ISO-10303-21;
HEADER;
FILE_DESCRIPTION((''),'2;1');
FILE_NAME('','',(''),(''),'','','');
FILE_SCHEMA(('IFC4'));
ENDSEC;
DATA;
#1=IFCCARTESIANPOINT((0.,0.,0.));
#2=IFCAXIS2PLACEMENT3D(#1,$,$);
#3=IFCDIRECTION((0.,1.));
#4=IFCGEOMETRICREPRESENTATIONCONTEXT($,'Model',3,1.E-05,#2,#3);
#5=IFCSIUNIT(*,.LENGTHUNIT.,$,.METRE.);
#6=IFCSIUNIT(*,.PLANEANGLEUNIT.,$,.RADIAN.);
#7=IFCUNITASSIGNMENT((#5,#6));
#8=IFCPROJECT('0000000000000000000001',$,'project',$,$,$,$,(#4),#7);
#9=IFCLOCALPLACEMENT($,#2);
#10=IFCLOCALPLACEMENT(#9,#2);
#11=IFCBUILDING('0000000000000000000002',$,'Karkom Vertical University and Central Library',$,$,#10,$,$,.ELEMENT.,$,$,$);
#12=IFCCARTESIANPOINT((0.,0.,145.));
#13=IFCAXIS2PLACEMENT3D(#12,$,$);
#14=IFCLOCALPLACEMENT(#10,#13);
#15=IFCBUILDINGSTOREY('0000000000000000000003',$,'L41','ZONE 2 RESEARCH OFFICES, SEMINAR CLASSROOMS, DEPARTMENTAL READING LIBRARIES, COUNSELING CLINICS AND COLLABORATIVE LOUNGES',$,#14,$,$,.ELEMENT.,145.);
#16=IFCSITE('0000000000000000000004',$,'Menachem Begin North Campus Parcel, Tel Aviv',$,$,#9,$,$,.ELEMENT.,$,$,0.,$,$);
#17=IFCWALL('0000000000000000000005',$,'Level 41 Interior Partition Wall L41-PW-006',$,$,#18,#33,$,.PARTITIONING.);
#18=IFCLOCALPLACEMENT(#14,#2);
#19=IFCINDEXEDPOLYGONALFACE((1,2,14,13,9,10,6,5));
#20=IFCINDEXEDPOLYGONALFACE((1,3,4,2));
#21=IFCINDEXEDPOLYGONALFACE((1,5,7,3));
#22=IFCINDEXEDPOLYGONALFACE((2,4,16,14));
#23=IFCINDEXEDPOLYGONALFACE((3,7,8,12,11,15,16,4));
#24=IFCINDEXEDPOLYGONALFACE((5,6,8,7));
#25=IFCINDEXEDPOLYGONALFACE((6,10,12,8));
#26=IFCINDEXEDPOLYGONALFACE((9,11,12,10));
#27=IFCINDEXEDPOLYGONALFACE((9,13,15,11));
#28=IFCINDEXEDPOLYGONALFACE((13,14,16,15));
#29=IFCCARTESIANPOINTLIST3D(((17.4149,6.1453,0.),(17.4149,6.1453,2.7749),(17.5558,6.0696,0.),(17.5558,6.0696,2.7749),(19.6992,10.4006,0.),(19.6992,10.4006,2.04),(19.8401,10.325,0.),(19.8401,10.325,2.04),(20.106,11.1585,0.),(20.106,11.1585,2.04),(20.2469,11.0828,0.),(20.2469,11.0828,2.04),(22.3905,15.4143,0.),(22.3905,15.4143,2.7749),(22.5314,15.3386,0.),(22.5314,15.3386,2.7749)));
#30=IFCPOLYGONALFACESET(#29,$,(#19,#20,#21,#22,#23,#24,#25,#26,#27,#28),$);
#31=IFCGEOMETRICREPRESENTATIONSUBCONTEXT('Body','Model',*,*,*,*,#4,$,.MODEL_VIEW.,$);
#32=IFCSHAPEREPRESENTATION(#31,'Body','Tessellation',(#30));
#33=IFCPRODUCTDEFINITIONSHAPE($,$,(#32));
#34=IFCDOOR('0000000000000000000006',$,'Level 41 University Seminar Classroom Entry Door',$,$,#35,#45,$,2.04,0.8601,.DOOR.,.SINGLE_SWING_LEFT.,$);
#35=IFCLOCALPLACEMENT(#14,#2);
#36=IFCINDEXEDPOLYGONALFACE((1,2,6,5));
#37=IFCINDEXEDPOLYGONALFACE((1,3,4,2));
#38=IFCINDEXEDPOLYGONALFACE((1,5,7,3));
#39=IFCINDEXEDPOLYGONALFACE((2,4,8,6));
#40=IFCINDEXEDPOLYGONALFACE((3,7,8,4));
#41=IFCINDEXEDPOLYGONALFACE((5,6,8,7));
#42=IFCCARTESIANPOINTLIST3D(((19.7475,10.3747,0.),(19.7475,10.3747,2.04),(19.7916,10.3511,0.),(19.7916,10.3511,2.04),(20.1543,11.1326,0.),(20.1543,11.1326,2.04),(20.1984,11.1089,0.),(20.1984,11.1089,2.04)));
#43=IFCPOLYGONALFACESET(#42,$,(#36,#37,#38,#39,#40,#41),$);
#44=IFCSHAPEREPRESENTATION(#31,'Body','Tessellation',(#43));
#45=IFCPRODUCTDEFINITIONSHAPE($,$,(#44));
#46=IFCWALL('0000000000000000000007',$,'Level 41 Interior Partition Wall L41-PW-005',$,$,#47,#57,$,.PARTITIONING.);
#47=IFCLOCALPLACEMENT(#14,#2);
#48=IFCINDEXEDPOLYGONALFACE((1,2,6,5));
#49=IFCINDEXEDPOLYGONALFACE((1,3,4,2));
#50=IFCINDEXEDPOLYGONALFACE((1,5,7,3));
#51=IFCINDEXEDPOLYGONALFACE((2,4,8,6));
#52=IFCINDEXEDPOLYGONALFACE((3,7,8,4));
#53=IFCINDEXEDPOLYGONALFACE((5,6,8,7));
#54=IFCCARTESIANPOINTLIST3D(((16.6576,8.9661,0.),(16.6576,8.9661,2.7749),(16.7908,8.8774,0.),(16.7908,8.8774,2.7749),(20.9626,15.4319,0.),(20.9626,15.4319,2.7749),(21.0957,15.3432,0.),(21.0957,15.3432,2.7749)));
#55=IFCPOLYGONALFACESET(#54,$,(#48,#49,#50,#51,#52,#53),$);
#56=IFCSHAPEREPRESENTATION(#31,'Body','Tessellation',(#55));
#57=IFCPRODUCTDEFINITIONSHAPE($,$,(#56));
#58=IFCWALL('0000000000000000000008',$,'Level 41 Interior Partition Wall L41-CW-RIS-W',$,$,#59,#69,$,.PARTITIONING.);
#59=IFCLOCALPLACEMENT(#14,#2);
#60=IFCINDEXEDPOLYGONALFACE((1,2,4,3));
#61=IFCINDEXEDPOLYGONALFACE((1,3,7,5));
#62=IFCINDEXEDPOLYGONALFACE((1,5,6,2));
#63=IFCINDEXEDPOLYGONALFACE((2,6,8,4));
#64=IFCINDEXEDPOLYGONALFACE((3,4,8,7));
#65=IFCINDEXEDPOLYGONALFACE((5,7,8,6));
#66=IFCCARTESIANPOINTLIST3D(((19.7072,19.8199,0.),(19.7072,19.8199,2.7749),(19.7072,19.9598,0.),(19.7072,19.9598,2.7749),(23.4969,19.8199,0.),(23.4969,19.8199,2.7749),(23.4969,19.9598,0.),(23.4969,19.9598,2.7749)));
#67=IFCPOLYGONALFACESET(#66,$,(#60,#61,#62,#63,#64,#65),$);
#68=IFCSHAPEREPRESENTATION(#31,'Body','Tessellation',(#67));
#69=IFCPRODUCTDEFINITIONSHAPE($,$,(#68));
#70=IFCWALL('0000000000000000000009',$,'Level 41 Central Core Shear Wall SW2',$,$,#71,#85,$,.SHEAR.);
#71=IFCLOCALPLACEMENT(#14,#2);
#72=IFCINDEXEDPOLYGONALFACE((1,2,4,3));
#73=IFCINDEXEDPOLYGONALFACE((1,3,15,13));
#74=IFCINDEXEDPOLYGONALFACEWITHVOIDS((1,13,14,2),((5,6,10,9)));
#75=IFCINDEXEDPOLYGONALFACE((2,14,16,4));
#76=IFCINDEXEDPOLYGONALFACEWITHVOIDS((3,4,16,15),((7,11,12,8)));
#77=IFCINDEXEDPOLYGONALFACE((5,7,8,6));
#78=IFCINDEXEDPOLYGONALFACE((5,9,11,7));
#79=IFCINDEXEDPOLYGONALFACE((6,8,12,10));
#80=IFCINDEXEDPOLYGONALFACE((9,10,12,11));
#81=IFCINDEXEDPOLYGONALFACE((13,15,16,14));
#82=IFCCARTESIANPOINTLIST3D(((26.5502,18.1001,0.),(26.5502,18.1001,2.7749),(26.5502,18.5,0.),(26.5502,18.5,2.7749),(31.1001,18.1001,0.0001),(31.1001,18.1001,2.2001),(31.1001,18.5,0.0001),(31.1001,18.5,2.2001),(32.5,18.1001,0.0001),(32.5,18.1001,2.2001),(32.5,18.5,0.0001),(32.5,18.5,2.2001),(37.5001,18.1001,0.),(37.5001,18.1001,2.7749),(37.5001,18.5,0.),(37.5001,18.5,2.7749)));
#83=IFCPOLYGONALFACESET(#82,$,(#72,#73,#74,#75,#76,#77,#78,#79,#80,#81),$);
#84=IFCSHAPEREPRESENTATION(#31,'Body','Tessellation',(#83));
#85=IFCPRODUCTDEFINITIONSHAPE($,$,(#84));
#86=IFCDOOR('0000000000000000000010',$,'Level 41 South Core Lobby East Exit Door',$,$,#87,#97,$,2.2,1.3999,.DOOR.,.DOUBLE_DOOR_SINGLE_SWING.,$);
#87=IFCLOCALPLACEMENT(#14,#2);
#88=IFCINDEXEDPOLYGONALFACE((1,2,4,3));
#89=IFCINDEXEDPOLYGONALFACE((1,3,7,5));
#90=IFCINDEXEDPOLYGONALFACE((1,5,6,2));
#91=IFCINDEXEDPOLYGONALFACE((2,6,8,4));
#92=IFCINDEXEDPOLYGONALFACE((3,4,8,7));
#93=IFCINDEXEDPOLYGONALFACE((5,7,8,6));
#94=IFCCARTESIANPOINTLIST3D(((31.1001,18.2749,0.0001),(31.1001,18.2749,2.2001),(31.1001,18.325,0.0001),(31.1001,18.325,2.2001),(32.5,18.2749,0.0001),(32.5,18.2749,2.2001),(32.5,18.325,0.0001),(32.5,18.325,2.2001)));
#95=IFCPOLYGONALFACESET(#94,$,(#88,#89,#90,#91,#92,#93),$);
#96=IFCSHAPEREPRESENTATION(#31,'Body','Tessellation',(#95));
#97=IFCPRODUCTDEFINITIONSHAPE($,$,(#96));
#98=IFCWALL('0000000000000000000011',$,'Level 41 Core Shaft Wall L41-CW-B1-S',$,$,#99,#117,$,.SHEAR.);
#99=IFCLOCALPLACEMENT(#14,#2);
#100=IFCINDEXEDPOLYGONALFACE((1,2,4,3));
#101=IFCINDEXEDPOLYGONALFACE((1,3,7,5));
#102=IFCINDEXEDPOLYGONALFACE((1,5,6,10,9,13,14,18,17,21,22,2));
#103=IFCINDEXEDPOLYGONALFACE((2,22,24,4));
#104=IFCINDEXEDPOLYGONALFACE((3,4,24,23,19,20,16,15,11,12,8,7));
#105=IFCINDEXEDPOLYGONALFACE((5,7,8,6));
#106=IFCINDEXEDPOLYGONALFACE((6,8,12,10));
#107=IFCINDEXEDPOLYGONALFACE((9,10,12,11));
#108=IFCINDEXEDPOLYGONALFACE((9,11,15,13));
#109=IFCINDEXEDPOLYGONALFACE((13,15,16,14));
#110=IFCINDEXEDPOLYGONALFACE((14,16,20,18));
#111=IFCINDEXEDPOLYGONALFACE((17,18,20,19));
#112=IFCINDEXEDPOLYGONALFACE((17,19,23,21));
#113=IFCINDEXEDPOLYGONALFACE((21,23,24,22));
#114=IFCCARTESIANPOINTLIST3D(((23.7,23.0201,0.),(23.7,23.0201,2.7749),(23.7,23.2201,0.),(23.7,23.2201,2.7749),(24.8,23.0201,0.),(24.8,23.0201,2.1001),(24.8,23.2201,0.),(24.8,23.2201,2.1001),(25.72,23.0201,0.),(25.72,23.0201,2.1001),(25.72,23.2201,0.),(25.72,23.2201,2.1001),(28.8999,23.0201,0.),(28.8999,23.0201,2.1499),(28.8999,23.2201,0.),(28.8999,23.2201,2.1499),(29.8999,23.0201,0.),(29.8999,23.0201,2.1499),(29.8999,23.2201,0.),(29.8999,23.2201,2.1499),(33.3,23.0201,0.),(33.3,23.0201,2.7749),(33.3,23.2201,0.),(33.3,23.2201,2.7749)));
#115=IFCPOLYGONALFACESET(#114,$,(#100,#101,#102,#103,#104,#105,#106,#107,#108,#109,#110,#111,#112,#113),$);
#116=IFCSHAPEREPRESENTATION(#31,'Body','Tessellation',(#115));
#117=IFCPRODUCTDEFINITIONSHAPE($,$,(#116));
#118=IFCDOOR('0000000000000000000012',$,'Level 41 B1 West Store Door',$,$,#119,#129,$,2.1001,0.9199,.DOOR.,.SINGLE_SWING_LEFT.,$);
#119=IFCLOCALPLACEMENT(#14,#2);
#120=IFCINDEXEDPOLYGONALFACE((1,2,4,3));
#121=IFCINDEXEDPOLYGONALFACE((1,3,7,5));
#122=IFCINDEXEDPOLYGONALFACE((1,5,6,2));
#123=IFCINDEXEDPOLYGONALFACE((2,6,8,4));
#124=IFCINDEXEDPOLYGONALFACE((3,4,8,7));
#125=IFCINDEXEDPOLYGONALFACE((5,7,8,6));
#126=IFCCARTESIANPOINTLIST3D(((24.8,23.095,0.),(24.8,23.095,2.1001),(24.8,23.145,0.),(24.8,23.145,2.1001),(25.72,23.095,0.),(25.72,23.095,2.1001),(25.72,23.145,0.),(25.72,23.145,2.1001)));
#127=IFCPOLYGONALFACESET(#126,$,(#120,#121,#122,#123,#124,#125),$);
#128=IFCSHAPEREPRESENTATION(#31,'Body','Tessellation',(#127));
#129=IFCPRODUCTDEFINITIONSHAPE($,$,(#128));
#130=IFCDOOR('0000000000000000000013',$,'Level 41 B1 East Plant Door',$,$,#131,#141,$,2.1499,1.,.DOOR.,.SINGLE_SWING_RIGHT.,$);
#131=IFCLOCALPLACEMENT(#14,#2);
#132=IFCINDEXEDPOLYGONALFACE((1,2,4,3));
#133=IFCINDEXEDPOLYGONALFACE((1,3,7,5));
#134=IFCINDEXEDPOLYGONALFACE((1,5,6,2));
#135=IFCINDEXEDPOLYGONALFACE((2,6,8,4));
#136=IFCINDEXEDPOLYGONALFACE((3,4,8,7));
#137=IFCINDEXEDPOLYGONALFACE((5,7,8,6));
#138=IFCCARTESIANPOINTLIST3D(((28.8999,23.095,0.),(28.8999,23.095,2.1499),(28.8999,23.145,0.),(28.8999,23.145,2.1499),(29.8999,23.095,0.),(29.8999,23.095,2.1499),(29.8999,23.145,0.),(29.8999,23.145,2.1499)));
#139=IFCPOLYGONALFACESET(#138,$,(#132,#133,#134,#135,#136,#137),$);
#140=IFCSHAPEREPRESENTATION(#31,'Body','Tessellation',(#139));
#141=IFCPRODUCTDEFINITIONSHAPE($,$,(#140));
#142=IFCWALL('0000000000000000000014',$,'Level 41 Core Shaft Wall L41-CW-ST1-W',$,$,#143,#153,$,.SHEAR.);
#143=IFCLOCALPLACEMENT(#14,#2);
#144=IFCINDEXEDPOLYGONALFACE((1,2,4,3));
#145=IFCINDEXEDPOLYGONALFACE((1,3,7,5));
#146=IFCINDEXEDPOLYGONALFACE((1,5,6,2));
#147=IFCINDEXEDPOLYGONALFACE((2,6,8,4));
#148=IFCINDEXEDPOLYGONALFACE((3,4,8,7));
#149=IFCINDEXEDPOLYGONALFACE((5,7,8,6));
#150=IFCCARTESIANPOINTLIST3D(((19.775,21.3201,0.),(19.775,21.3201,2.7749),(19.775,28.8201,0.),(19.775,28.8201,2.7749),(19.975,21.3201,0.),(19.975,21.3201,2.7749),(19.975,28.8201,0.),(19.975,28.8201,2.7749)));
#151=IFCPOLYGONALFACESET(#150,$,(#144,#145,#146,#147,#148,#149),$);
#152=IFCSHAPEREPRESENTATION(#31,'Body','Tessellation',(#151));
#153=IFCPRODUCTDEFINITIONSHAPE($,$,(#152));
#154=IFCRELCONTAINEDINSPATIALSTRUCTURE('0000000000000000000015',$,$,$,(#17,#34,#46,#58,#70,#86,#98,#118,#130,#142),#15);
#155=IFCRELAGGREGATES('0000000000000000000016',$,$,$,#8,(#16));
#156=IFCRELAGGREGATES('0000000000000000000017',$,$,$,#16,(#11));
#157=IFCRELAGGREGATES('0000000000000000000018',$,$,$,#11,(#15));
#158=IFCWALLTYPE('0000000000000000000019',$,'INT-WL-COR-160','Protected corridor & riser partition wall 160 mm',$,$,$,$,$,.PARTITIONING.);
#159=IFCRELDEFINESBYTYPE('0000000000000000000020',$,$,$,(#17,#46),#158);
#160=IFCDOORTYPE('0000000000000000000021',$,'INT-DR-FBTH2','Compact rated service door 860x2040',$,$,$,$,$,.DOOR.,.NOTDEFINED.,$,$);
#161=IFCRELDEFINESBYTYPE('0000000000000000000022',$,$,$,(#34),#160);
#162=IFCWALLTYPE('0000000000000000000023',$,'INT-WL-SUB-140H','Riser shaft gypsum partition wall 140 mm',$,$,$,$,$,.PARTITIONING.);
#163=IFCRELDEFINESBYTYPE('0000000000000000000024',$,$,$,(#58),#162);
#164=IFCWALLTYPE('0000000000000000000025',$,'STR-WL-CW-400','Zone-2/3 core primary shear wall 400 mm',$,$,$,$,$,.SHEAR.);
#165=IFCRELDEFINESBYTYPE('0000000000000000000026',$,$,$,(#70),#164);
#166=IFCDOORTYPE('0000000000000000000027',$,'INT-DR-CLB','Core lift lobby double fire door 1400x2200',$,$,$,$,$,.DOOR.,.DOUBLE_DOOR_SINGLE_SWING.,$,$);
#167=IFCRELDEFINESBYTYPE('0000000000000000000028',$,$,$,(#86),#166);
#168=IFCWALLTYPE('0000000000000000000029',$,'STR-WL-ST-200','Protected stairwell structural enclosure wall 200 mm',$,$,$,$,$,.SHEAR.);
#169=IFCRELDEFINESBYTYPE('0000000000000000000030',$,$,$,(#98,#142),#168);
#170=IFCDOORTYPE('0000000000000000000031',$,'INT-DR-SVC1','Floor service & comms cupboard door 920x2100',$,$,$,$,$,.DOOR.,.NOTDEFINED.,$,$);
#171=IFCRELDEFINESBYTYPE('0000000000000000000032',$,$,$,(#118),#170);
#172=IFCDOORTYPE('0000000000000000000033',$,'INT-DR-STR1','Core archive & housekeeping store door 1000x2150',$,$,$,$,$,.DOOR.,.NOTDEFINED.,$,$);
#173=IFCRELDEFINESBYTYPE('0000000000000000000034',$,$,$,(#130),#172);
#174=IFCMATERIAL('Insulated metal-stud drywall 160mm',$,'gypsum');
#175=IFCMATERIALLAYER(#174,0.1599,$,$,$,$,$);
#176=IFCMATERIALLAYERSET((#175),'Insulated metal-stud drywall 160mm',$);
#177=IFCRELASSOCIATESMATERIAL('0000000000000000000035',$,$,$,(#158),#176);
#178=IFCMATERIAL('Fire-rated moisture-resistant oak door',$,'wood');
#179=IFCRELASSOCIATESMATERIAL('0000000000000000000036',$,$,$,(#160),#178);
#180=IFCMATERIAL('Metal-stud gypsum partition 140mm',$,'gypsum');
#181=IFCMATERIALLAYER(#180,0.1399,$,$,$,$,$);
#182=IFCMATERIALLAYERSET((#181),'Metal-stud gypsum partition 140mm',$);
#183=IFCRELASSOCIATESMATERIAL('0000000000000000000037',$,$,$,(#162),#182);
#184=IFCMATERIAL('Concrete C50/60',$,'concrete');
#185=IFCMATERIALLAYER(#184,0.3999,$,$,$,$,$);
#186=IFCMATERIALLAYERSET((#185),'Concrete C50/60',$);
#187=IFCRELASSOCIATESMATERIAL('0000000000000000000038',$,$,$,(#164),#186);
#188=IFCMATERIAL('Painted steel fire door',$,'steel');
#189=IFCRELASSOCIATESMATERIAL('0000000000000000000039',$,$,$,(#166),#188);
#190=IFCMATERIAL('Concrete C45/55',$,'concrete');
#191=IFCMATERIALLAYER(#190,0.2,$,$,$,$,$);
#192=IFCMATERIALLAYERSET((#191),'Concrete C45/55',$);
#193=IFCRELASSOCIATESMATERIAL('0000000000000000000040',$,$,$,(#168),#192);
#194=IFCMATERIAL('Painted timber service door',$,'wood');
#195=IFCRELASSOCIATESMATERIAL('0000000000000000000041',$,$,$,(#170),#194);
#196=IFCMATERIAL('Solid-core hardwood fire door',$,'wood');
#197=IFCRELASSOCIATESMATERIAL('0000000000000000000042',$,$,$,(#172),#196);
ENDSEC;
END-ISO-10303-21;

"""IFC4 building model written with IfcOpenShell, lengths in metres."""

from ifc_helpers import new_model, si_unit, direction, frame, frame_2d, origin, origin_with_axes, place, context, subcontext, project, spatial, rectangle, extrude, source, transform, mapped, material, layer, layer_set, type_object, element, fill, save


model = new_model("IFC4")

# Units and contexts
model_context = context("Model", 3, precision=1e-05, world=origin(), true_north=direction((0.0, 1.0)))
body_context = subcontext(model_context, "Body", "Model", "MODEL_VIEW")
ifc_project = project(units=[si_unit("LENGTHUNIT", "METRE"), si_unit("PLANEANGLEUNIT", "RADIAN")], contexts=[model_context])

# Site, building, storey
site_placement = place(None, origin())
site = spatial("IfcSite", under=ifc_project, at=site_placement, Name="Menachem Begin North Campus Parcel, Tel Aviv", CompositionType="ELEMENT", RefElevation=0.0)
building_placement = place(site_placement, origin())
building = spatial("IfcBuilding", under=site, at=building_placement, Name="Karkom Vertical University and Central Library", CompositionType="ELEMENT")
storey_placement = place(building_placement, frame((0.0, 0.0, 145.0)))
storey = spatial("IfcBuildingStorey", under=building, at=storey_placement, Name="L41", Description="ZONE 2 RESEARCH OFFICES, SEMINAR CLASSROOMS, DEPARTMENTAL READING LIBRARIES, COUNSELING CLINICS AND COLLABORATIVE LOUNGES", CompositionType="ELEMENT", Elevation=145.0)

# Shared definitions
ifc_material_1 = material(Name="Concrete C50/60", Category="concrete")

# Shared definitions
ifc_material_2 = material(Name="Insulated metal-stud drywall 160mm", Category="gypsum")
ifc_layer_1 = layer(ifc_material_2, 0.1599)
ifc_layer_set_1 = layer_set([ifc_layer_1], Name="Insulated metal-stud drywall 160mm")
wall_type_1 = type_object("IfcWallType", Name="INT-WL-COR-160", Description="Protected corridor & riser partition wall 160 mm", PredefinedType="PARTITIONING", material=ifc_layer_set_1)

# Wall, opening, door
wall_1_placement = place(storey_placement, frame((22.4609, 15.3765, 0.0), z_axis=(0.0, 0.0, 1.0), x_axis=(-0.472962, -0.881083, 0.0)))
wall_1 = element("IfcWall", 1, at=wall_1_placement, inside=storey, type_object=wall_type_1, Name="Level 41 Interior Partition Wall L41-PW-006", PredefinedType="PARTITIONING", context=body_context, shape_type="SweptSolid", body=[
    extrude(rectangle(XDim=10.52, YDim=0.1599, at=frame_2d((5.26, 0.0))), origin(), (0.0, 0.0, 1.0), 2.7749),
])
opening_1_placement = place(wall_1_placement, frame((4.8301, 0.0, 0.0)))
opening_1 = element("IfcOpeningElement", 2, at=opening_1_placement, cuts=wall_1, PredefinedType="OPENING", context=body_context, shape_type="SweptSolid", body=[
    extrude(rectangle(XDim=0.8601, YDim=2.04, at=frame_2d((0.4302, 1.02))), frame((0.0, 0.0898, 0.0), z_axis=(0.0, -1.0, 0.0), x_axis=(1.0, 0.0, 0.0)), (0.0, 0.0, 1.0), 0.1799),
])
ifc_material_3 = material(Name="Fire-rated moisture-resistant oak door", Category="wood")
door_type_1 = type_object("IfcDoorType", Name="INT-DR-FBTH2", Description="Compact rated service door 860x2040", OperationType="NOTDEFINED", PredefinedType="DOOR", material=ifc_material_3)
shared_shape_1 = source(origin_with_axes(), body_context, "Body", "SweptSolid", [
    extrude(rectangle(XDim=0.8601, YDim=2.04, at=frame_2d((0.4302, 1.02))), frame((0.0, 0.0249, 0.0), z_axis=(0.0, -1.0, 0.0), x_axis=(1.0, 0.0, 0.0)), (0.0, 0.0, 1.0), 0.05),
])
door_1_placement = place(opening_1_placement, origin())
door_1 = element("IfcDoor", 3, at=door_1_placement, inside=storey, type_object=door_type_1, Name="Level 41 University Seminar Classroom Entry Door", OperationType="SINGLE_SWING_LEFT", OverallHeight=2.04, OverallWidth=0.8601, PredefinedType="DOOR", context=body_context, shape_type="MappedRepresentation", body=[
    mapped(shared_shape_1, transform((0.0, 0.0, 0.0), scale=1.0)),
])
fill(opening_1, door_1)

# Walls
wall_2_placement = place(storey_placement, frame((21.0291, 15.3875, 0.0), z_axis=(0.0, 0.0, 1.0), x_axis=(-0.5542, -0.832384, 0.0)))
element("IfcWall", 4, at=wall_2_placement, inside=storey, type_object=wall_type_1, Name="Level 41 Interior Partition Wall L41-PW-005", PredefinedType="PARTITIONING", context=body_context, shape_type="SweptSolid", body=[
    extrude(rectangle(XDim=7.7678, YDim=0.1599, at=frame_2d((3.8838, 0.0))), origin(), (0.0, 0.0, 1.0), 2.7749),
])
ifc_material_4 = material(Name="Metal-stud gypsum partition 140mm", Category="gypsum")
ifc_layer_2 = layer(ifc_material_4, 0.1399)
ifc_layer_set_2 = layer_set([ifc_layer_2], Name="Metal-stud gypsum partition 140mm")
wall_type_2 = type_object("IfcWallType", Name="INT-WL-SUB-140H", Description="Riser shaft gypsum partition wall 140 mm", PredefinedType="PARTITIONING", material=ifc_layer_set_2)
wall_3_placement = place(storey_placement, frame((19.707, 19.8899, 0.0), z_axis=(0.0, 0.0, 1.0), x_axis=(1.0, 0.0, 0.0)))
element("IfcWall", 5, at=wall_3_placement, inside=storey, type_object=wall_type_2, Name="Level 41 Interior Partition Wall L41-CW-RIS-W", PredefinedType="PARTITIONING", context=body_context, shape_type="SweptSolid", body=[
    extrude(rectangle(XDim=3.7898, YDim=0.1399, at=frame_2d((1.895, 0.0))), origin(), (0.0, 0.0, 1.0), 2.7749),
])

# Wall, opening, door
ifc_layer_3 = layer(ifc_material_1, 0.3999)
ifc_layer_set_3 = layer_set([ifc_layer_3], Name="Concrete C50/60")
wall_type_3 = type_object("IfcWallType", Name="STR-WL-CW-400", Description="Zone-2/3 core primary shear wall 400 mm", PredefinedType="SHEAR", material=ifc_layer_set_3)
wall_4_placement = place(storey_placement, frame((26.55, 18.3, 0.0), z_axis=(0.0, 0.0, 1.0), x_axis=(1.0, 0.0, 0.0)))
wall_4 = element("IfcWall", 6, at=wall_4_placement, inside=storey, type_object=wall_type_3, Name="Level 41 Central Core Shear Wall SW2", PredefinedType="SHEAR", context=body_context, shape_type="SweptSolid", body=[
    extrude(rectangle(XDim=10.95, YDim=0.3999, at=frame_2d((5.4751, 0.0))), origin(), (0.0, 0.0, 1.0), 2.7749),
])
opening_2_placement = place(wall_4_placement, frame((4.55, 0.0, 0.0)))
opening_2 = element("IfcOpeningElement", 7, at=opening_2_placement, cuts=wall_4, PredefinedType="OPENING", context=body_context, shape_type="SweptSolid", body=[
    extrude(rectangle(XDim=1.3999, YDim=2.2, at=frame_2d((0.7, 1.1001))), frame((0.0, 0.21, 0.0), z_axis=(0.0, -1.0, 0.0), x_axis=(1.0, 0.0, 0.0)), (0.0, 0.0, 1.0), 0.4199),
])
ifc_material_5 = material(Name="Painted steel fire door", Category="steel")
door_type_2 = type_object("IfcDoorType", Name="INT-DR-CLB", Description="Core lift lobby double fire door 1400x2200", OperationType="DOUBLE_DOOR_SINGLE_SWING", PredefinedType="DOOR", material=ifc_material_5)
shared_shape_2 = source(origin_with_axes(), body_context, "Body", "SweptSolid", [
    extrude(rectangle(XDim=1.3999, YDim=2.2, at=frame_2d((0.7, 1.1001))), frame((0.0, 0.0249, 0.0), z_axis=(0.0, -1.0, 0.0), x_axis=(1.0, 0.0, 0.0)), (0.0, 0.0, 1.0), 0.05),
])
door_2_placement = place(opening_2_placement, origin())
door_2 = element("IfcDoor", 8, at=door_2_placement, inside=storey, type_object=door_type_2, Name="Level 41 South Core Lobby East Exit Door", OperationType="DOUBLE_DOOR_SINGLE_SWING", OverallHeight=2.2, OverallWidth=1.3999, PredefinedType="DOOR", context=body_context, shape_type="MappedRepresentation", body=[
    mapped(shared_shape_2, transform((0.0, 0.0, 0.0), scale=1.0)),
])
fill(opening_2, door_2)

# Wall, openings, doors
ifc_material_6 = material(Name="Concrete C45/55", Category="concrete")
ifc_layer_4 = layer(ifc_material_6, 0.2)
ifc_layer_set_4 = layer_set([ifc_layer_4], Name="Concrete C45/55")
wall_type_4 = type_object("IfcWallType", Name="STR-WL-ST-200", Description="Protected stairwell structural enclosure wall 200 mm", PredefinedType="SHEAR", material=ifc_layer_set_4)
wall_5_placement = place(storey_placement, frame((23.7, 23.1201, 0.0), z_axis=(0.0, 0.0, 1.0), x_axis=(1.0, 0.0, 0.0)))
wall_5 = element("IfcWall", 9, at=wall_5_placement, inside=storey, type_object=wall_type_4, Name="Level 41 Core Shaft Wall L41-CW-B1-S", PredefinedType="SHEAR", context=body_context, shape_type="SweptSolid", body=[
    extrude(rectangle(XDim=9.6001, YDim=0.2, at=frame_2d((4.8, 0.0))), origin(), (0.0, 0.0, 1.0), 2.7749),
])
opening_3_placement = place(wall_5_placement, frame((1.1001, 0.0, 0.0)))
opening_3 = element("IfcOpeningElement", 10, at=opening_3_placement, cuts=wall_5, PredefinedType="OPENING", context=body_context, shape_type="SweptSolid", body=[
    extrude(rectangle(XDim=0.9199, YDim=2.1001, at=frame_2d((0.46, 1.05))), frame((0.0, 0.1099, 0.0), z_axis=(0.0, -1.0, 0.0), x_axis=(1.0, 0.0, 0.0)), (0.0, 0.0, 1.0), 0.22),
])
opening_4_placement = place(wall_5_placement, frame((5.2, 0.0, 0.0)))
opening_4 = element("IfcOpeningElement", 11, at=opening_4_placement, cuts=wall_5, PredefinedType="OPENING", context=body_context, shape_type="SweptSolid", body=[
    extrude(rectangle(XDim=1.0, YDim=2.1499, at=frame_2d((0.5, 1.075))), frame((0.0, 0.1099, 0.0), z_axis=(0.0, -1.0, 0.0), x_axis=(1.0, 0.0, 0.0)), (0.0, 0.0, 1.0), 0.22),
])
ifc_material_7 = material(Name="Painted timber service door", Category="wood")
door_type_3 = type_object("IfcDoorType", Name="INT-DR-SVC1", Description="Floor service & comms cupboard door 920x2100", OperationType="NOTDEFINED", PredefinedType="DOOR", material=ifc_material_7)
shared_shape_3 = source(origin_with_axes(), body_context, "Body", "SweptSolid", [
    extrude(rectangle(XDim=0.9199, YDim=2.1001, at=frame_2d((0.46, 1.05))), frame((0.0, 0.0249, 0.0), z_axis=(0.0, -1.0, 0.0), x_axis=(1.0, 0.0, 0.0)), (0.0, 0.0, 1.0), 0.05),
])
door_3_placement = place(opening_3_placement, origin())
door_3 = element("IfcDoor", 12, at=door_3_placement, inside=storey, type_object=door_type_3, Name="Level 41 B1 West Store Door", OperationType="SINGLE_SWING_LEFT", OverallHeight=2.1001, OverallWidth=0.9199, PredefinedType="DOOR", context=body_context, shape_type="MappedRepresentation", body=[
    mapped(shared_shape_3, transform((0.0, 0.0, 0.0), scale=1.0)),
])
fill(opening_3, door_3)
ifc_material_8 = material(Name="Solid-core hardwood fire door", Category="wood")
door_type_4 = type_object("IfcDoorType", Name="INT-DR-STR1", Description="Core archive & housekeeping store door 1000x2150", OperationType="NOTDEFINED", PredefinedType="DOOR", material=ifc_material_8)
shared_shape_4 = source(origin_with_axes(), body_context, "Body", "SweptSolid", [
    extrude(rectangle(XDim=1.0, YDim=2.1499, at=frame_2d((0.5, 1.075))), frame((0.0, 0.0249, 0.0), z_axis=(0.0, -1.0, 0.0), x_axis=(1.0, 0.0, 0.0)), (0.0, 0.0, 1.0), 0.05),
])
door_4_placement = place(opening_4_placement, origin())
door_4 = element("IfcDoor", 13, at=door_4_placement, inside=storey, type_object=door_type_4, Name="Level 41 B1 East Plant Door", OperationType="SINGLE_SWING_RIGHT", OverallHeight=2.1499, OverallWidth=1.0, PredefinedType="DOOR", context=body_context, shape_type="MappedRepresentation", body=[
    mapped(shared_shape_4, transform((0.0, 0.0, 0.0), scale=1.0)),
])
fill(opening_4, door_4)

# Wall
wall_6_placement = place(storey_placement, frame((19.875, 21.3201, 0.0), z_axis=(0.0, 0.0, 1.0), x_axis=(0.0, 1.0, 0.0)))
element("IfcWall", 14, at=wall_6_placement, inside=storey, type_object=wall_type_4, Name="Level 41 Core Shaft Wall L41-CW-ST1-W", PredefinedType="SHEAR", context=body_context, shape_type="SweptSolid", body=[
    extrude(rectangle(XDim=7.5, YDim=0.2, at=frame_2d((3.75, 0.0))), origin(), (0.0, 0.0, 1.0), 2.7749),
])

save(model, "model.ifc")
